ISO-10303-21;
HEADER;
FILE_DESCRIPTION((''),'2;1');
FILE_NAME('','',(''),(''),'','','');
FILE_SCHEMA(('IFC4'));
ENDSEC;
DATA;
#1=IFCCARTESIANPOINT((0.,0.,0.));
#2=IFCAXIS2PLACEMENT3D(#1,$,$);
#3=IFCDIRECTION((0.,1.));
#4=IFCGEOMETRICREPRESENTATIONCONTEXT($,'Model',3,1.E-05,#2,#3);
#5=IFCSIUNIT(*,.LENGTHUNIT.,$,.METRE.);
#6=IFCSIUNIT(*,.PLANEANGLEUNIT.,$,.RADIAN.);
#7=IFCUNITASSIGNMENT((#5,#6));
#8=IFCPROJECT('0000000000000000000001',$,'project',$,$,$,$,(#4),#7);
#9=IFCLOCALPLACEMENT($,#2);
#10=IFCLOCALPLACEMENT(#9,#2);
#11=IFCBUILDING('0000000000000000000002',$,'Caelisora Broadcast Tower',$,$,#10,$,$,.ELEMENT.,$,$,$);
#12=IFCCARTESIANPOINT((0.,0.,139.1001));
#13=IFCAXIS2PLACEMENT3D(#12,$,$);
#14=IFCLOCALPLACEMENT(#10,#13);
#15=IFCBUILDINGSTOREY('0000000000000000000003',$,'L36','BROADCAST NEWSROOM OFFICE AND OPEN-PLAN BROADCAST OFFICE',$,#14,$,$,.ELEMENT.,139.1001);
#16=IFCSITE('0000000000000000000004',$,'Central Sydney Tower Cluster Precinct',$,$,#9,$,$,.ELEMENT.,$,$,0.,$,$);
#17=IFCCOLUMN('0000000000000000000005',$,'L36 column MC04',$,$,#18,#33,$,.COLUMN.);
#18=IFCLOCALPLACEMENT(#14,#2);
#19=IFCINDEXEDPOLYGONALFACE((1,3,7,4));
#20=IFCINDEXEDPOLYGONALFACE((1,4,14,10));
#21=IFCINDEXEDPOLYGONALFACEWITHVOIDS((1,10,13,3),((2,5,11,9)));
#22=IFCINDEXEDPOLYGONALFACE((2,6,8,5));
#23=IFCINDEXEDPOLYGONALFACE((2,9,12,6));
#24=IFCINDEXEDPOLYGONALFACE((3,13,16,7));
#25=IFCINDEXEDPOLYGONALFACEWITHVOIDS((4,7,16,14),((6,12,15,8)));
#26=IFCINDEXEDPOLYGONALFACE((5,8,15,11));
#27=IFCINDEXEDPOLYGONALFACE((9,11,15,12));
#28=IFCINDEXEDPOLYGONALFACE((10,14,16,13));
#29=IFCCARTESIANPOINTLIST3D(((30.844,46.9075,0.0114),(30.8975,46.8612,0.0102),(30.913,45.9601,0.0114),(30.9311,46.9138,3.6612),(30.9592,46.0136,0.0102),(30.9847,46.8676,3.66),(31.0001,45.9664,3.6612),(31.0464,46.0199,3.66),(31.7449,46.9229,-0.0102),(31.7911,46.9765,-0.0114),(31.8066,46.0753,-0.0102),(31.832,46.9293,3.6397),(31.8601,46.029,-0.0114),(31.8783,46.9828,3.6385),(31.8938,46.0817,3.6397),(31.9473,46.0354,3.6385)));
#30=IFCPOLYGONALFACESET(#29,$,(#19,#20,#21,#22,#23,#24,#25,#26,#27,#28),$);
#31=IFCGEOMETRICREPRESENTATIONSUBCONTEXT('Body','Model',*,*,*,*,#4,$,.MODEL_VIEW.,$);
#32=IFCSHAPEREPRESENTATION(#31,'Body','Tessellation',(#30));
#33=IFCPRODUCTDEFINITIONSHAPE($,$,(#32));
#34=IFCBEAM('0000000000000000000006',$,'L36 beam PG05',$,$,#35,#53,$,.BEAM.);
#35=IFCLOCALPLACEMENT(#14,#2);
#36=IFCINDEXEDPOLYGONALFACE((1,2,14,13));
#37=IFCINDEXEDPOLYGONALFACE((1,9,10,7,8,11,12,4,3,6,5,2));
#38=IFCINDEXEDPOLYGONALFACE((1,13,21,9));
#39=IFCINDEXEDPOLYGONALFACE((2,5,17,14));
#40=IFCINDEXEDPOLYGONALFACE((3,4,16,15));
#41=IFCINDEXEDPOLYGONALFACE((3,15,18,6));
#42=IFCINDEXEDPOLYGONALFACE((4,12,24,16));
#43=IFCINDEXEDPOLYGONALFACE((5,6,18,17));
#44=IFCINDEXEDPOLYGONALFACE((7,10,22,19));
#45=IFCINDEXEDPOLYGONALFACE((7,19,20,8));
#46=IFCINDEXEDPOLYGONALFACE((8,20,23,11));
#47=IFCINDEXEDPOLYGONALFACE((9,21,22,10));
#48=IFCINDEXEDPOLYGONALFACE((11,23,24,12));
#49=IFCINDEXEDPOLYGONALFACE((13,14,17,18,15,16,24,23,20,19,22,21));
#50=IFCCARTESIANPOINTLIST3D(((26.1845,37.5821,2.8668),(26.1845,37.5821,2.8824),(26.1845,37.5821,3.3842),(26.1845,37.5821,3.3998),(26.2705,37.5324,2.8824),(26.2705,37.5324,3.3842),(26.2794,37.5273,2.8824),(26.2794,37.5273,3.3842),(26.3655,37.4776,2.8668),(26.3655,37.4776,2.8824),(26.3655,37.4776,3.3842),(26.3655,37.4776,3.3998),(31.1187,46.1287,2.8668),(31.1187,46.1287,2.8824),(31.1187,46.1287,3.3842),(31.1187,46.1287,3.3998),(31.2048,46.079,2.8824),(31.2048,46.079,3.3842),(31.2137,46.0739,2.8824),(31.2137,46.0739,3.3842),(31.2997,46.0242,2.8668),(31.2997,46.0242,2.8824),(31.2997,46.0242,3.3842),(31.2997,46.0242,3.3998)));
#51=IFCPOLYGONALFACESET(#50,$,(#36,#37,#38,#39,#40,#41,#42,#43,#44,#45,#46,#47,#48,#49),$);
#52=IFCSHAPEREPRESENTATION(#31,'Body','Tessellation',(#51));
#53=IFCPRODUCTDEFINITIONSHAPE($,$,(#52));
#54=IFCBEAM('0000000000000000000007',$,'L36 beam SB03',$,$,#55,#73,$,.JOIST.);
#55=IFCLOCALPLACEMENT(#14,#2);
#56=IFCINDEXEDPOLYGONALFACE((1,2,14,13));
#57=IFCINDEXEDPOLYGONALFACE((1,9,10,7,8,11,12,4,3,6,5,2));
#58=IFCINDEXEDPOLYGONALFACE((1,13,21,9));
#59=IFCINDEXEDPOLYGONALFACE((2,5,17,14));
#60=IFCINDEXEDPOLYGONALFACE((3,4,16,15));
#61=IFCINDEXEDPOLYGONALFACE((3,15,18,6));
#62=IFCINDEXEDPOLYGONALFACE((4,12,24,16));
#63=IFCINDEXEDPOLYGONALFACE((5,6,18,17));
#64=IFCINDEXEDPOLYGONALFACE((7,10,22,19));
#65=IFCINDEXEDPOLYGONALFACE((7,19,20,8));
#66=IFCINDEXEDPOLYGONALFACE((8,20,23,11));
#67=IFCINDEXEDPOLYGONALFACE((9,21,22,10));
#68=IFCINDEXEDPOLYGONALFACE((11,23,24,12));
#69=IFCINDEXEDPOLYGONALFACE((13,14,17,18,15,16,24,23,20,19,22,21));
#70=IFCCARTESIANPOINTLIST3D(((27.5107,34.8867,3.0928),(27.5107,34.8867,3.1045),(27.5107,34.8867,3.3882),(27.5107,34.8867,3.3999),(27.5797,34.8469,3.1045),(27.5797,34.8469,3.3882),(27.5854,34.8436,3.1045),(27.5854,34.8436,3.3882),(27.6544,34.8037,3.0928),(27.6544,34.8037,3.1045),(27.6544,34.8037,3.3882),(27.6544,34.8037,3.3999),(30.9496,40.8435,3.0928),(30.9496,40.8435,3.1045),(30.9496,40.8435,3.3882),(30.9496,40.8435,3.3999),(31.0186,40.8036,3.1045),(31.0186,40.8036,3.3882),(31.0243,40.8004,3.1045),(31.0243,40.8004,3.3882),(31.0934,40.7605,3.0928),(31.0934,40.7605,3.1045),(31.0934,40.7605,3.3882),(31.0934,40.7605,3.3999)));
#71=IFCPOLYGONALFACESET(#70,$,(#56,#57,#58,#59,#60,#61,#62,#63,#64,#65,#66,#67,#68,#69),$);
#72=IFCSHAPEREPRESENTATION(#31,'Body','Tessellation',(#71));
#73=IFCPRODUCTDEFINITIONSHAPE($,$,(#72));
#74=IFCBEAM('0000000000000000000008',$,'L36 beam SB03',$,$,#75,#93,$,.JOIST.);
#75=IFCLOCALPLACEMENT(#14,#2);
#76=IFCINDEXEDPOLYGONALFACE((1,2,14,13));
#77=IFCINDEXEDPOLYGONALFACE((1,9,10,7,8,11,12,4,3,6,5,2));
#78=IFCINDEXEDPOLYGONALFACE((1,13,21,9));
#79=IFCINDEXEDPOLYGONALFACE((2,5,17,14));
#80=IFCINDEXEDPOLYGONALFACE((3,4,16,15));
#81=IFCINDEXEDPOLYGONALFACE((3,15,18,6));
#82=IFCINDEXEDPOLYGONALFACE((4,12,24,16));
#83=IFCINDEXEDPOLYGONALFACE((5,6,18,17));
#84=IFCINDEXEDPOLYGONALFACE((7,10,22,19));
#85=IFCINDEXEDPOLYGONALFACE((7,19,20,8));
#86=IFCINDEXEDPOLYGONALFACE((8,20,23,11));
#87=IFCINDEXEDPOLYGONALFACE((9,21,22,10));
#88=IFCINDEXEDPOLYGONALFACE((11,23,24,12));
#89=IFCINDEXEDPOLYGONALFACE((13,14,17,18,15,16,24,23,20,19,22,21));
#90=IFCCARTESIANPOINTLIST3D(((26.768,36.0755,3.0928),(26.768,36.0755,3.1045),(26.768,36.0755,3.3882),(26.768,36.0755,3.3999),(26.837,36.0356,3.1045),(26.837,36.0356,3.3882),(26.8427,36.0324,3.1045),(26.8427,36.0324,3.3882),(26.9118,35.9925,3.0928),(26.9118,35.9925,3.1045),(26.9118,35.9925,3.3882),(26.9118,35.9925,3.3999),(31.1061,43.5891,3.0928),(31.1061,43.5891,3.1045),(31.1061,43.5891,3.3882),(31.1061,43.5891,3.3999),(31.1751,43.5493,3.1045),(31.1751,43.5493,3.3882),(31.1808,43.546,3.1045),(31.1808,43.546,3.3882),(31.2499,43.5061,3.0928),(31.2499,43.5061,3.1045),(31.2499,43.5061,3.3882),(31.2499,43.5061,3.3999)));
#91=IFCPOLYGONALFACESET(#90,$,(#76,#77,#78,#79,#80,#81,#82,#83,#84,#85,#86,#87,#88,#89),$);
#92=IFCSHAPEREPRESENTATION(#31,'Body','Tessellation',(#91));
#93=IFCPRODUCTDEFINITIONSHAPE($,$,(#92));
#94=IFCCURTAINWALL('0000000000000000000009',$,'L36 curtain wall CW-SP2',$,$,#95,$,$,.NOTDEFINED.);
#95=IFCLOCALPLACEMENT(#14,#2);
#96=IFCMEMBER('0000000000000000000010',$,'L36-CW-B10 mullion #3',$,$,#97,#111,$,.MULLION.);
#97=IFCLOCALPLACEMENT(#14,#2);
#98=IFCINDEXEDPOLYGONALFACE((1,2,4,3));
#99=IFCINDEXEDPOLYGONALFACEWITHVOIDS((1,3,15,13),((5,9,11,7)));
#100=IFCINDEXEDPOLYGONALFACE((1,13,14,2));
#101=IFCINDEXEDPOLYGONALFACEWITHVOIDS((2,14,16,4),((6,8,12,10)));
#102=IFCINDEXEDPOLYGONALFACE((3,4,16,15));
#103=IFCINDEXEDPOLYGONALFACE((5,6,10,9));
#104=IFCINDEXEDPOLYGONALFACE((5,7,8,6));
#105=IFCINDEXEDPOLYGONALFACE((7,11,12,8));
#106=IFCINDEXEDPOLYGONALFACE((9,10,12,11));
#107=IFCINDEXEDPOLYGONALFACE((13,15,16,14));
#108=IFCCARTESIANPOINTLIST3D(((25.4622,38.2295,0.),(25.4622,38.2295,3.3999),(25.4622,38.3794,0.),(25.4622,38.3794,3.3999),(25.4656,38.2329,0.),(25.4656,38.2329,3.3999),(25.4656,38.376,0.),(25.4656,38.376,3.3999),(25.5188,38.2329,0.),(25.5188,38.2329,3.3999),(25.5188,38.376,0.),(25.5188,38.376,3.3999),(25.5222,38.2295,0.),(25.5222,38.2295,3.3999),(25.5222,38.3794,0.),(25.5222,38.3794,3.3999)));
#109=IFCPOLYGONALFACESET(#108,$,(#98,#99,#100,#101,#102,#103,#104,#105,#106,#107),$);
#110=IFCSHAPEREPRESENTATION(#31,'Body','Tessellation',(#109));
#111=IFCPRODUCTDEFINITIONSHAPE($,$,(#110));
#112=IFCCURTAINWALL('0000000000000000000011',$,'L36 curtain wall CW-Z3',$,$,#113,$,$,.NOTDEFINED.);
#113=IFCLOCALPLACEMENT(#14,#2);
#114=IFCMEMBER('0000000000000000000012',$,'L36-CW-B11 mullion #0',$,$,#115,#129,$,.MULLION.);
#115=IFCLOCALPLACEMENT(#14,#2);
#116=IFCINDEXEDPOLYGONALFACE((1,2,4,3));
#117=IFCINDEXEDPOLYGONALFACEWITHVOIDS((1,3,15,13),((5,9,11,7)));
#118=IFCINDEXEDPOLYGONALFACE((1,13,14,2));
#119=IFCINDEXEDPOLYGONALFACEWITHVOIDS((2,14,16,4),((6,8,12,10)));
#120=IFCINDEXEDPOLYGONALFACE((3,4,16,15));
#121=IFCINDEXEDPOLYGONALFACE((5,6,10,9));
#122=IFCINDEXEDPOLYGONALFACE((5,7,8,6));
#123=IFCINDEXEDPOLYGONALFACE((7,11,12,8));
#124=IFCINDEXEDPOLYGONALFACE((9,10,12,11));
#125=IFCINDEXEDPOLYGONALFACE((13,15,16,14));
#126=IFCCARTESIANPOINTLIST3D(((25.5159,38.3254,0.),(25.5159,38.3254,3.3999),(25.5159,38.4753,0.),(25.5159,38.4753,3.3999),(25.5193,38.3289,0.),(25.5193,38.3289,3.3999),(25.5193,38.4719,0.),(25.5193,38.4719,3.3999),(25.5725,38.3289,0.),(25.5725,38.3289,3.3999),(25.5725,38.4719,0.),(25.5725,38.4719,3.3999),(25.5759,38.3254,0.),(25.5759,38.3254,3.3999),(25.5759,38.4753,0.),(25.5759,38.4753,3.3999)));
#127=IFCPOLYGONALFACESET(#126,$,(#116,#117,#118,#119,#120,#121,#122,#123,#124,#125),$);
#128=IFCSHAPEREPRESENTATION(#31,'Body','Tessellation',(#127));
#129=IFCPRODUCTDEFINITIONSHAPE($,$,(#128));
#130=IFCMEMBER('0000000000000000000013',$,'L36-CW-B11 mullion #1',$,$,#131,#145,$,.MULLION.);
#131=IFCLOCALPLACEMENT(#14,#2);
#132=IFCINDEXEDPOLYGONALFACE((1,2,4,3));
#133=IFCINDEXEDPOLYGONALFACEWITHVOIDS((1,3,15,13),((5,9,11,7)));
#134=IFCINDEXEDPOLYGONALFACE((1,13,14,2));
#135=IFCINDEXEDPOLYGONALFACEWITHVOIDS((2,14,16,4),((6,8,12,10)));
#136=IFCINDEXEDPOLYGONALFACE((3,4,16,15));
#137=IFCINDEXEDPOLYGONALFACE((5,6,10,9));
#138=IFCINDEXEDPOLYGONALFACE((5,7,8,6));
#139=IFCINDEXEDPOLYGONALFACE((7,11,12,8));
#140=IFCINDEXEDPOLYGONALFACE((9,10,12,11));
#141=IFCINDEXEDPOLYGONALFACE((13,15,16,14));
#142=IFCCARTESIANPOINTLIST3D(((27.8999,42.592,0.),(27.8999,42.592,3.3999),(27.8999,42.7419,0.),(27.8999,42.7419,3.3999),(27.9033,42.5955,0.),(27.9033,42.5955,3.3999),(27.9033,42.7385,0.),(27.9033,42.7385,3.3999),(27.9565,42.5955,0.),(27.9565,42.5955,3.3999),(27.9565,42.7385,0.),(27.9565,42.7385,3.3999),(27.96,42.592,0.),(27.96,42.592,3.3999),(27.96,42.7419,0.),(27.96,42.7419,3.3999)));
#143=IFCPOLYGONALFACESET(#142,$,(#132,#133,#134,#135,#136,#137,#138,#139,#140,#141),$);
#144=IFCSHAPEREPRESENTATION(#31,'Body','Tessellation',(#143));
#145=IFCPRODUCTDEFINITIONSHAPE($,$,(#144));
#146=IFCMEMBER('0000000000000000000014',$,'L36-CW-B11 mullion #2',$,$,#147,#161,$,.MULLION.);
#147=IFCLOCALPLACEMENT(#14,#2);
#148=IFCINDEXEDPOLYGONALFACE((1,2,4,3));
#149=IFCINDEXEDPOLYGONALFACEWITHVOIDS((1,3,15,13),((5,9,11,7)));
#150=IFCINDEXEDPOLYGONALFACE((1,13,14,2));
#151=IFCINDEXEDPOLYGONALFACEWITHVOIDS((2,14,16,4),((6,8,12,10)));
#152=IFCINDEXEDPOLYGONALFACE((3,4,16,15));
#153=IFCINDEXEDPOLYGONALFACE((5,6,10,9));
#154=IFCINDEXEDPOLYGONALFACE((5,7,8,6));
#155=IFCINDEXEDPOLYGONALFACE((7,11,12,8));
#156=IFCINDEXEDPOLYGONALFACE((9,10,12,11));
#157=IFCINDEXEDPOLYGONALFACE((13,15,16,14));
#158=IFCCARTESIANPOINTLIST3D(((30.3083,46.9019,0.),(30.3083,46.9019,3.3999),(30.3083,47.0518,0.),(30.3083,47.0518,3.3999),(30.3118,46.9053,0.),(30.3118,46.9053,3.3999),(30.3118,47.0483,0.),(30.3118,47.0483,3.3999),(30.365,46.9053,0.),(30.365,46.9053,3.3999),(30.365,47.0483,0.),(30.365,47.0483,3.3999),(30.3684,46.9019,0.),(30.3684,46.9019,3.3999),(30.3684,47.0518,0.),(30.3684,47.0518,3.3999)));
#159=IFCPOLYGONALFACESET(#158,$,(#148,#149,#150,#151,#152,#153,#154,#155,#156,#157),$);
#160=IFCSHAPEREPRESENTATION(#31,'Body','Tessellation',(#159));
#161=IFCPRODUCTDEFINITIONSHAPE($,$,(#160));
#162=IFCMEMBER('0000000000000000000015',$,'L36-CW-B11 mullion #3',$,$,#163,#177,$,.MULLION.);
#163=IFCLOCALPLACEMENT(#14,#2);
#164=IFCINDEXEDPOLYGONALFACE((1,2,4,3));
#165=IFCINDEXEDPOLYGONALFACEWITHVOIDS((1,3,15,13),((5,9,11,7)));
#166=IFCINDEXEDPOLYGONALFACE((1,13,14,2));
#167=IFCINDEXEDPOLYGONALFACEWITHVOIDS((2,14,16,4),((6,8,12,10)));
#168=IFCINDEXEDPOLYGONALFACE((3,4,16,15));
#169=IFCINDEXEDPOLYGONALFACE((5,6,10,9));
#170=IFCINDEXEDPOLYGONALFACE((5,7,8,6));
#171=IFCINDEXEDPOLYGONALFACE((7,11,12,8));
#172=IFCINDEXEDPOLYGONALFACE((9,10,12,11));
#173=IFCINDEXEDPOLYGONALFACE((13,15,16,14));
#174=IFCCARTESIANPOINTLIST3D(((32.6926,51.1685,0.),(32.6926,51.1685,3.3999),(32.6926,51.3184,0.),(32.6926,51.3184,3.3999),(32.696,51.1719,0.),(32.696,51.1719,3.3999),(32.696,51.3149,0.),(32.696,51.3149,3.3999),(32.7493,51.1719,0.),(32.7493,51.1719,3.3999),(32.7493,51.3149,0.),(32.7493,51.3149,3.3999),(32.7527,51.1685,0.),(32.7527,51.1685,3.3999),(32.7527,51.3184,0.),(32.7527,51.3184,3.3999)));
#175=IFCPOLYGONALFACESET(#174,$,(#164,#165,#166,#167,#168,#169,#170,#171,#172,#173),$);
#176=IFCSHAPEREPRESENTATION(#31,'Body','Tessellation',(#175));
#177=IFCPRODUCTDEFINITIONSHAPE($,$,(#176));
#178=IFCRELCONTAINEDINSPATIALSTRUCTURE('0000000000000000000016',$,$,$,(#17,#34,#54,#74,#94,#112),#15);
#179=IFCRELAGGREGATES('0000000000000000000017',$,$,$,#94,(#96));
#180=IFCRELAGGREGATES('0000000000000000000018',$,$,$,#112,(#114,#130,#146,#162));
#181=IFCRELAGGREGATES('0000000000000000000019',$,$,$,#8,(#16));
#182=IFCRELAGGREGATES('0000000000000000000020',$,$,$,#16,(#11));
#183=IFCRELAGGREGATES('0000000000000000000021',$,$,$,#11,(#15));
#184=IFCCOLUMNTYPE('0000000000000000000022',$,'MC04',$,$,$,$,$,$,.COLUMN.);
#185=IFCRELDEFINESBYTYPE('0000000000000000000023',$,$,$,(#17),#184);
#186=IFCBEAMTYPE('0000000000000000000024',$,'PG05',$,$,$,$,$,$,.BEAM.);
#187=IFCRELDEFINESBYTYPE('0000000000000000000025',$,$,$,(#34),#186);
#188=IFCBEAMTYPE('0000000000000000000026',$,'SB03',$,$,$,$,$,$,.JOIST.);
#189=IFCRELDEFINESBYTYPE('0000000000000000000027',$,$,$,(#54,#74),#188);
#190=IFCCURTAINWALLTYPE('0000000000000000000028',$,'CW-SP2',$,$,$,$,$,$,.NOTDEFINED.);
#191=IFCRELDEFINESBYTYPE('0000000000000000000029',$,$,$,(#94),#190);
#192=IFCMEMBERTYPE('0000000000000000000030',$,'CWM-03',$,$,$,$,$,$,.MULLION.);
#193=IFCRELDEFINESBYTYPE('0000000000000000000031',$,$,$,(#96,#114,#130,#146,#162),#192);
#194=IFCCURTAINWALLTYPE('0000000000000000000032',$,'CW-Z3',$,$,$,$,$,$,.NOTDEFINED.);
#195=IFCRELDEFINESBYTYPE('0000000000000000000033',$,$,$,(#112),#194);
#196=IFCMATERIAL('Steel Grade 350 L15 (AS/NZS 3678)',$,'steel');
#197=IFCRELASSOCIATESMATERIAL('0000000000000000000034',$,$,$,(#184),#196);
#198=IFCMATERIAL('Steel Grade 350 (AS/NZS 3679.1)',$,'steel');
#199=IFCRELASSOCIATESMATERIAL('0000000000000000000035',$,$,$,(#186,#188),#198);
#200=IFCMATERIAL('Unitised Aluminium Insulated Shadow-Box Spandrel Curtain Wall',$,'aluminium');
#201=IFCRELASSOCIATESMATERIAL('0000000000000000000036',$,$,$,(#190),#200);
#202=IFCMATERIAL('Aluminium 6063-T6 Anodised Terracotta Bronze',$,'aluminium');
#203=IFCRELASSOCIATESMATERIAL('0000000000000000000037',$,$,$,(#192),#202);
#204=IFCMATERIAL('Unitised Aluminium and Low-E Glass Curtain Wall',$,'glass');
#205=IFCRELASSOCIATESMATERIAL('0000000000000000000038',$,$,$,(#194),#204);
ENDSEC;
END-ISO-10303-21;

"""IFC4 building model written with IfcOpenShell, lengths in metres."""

from ifc_helpers import new_model, si_unit, direction, frame, origin, origin_2d, place, context, subcontext, project, spatial, hollow_rectangle, i_section, extrude, source, transform, mapped, material, material_profile, profile_set, type_object, type_shapes, element, aggregate, save


model = new_model("IFC4")

# Units and contexts
model_context = context("Model", 3, precision=1e-05, world=origin(), true_north=direction((0.0, 1.0)))
body_context = subcontext(model_context, "Body", "Model", "MODEL_VIEW")
ifc_project = project(units=[si_unit("LENGTHUNIT", "METRE"), si_unit("PLANEANGLEUNIT", "RADIAN")], contexts=[model_context])

# Site, building, storey
site_placement = place(None, origin())
site = spatial("IfcSite", under=ifc_project, at=site_placement, Name="Central Sydney Tower Cluster Precinct", CompositionType="ELEMENT", RefElevation=0.0)
building_placement = place(site_placement, origin())
building = spatial("IfcBuilding", under=site, at=building_placement, Name="Caelisora Broadcast Tower", CompositionType="ELEMENT")
storey_placement = place(building_placement, frame((0.0, 0.0, 139.1001)))
storey = spatial("IfcBuildingStorey", under=building, at=storey_placement, Name="L36", Description="BROADCAST NEWSROOM OFFICE AND OPEN-PLAN BROADCAST OFFICE", CompositionType="ELEMENT", Elevation=139.1001)

# Column
ifc_material_1 = material(Name="Steel Grade 350 L15 (AS/NZS 3678)", Category="steel")
ifc_material_profile_1 = material_profile(ifc_material_1, hollow_rectangle(XDim=0.95, YDim=0.95, WallThickness=0.05, at=origin_2d()), Name="Steel Grade 350 L15 (AS/NZS 3678)")
ifc_profile_set_1 = profile_set([ifc_material_profile_1], Name="Steel Grade 350 L15 (AS/NZS 3678)")
column_type = type_object("IfcColumnType", Name="MC04", PredefinedType="COLUMN", material=ifc_profile_set_1)
shared_shape_1 = source(origin(), body_context, "Body", "SweptSolid", [
    extrude(hollow_rectangle(XDim=0.95, YDim=0.95, WallThickness=0.05, at=origin_2d()), origin(), (0.0, 0.0, 1.0), 3.6509),
])
type_shapes(column_type, [shared_shape_1])
column_placement = place(storey_placement, frame((31.3521, 46.4683, 0.0), z_axis=(0.023873, 0.001739, 0.999713), x_axis=(-0.072637, 0.997358, 0.0)))
element("IfcColumn", 1, at=column_placement, inside=storey, type_object=column_type, Name="L36 column MC04", PredefinedType="COLUMN", context=body_context, shape_type="MappedRepresentation", body=[
    mapped(shared_shape_1, transform((0.0, 0.0, 0.0), scale=1.0)),
])

# Beams
ifc_material_2 = material(Name="Steel Grade 350 (AS/NZS 3679.1)", Category="steel")
ifc_material_profile_2 = material_profile(ifc_material_2, i_section(OverallWidth=0.209, OverallDepth=0.533, WebThickness=0.0103, FlangeThickness=0.0156, at=origin_2d()), Name="Steel Grade 350 (AS/NZS 3679.1)")
ifc_profile_set_2 = profile_set([ifc_material_profile_2], Name="Steel Grade 350 (AS/NZS 3679.1)")
beam_type_1 = type_object("IfcBeamType", Name="PG05", PredefinedType="BEAM", material=ifc_profile_set_2)
shared_shape_2 = source(origin(), body_context, "Body", "SweptSolid", [
    extrude(i_section(OverallWidth=0.209, OverallDepth=0.533, WebThickness=0.0103, FlangeThickness=0.0156, at=origin_2d()), origin(), (0.0, 0.0, 1.0), 9.8687),
])
type_shapes(beam_type_1, [shared_shape_2])
beam_1_placement = place(storey_placement, frame((31.2092, 46.0764, 3.1333), z_axis=(-0.499994, -0.866029, 0.0), x_axis=(0.866029, -0.499994, 0.0)))
element("IfcBeam", 2, at=beam_1_placement, inside=storey, type_object=beam_type_1, Name="L36 beam PG05", PredefinedType="BEAM", context=body_context, shape_type="MappedRepresentation", body=[
    mapped(shared_shape_2, transform((0.0, 0.0, 0.0), scale=1.0)),
])
ifc_material_profile_3 = material_profile(ifc_material_2, i_section(OverallWidth=0.166, OverallDepth=0.3071, WebThickness=0.0066, FlangeThickness=0.0117, at=origin_2d()), Name="Steel Grade 350 (AS/NZS 3679.1)")
ifc_profile_set_3 = profile_set([ifc_material_profile_3], Name="Steel Grade 350 (AS/NZS 3679.1)")
beam_type_2 = type_object("IfcBeamType", Name="SB03", PredefinedType="JOIST", material=ifc_profile_set_3)
shared_shape_3 = source(origin(), body_context, "Body", "SweptSolid", [
    extrude(i_section(OverallWidth=0.166, OverallDepth=0.3071, WebThickness=0.0066, FlangeThickness=0.0117, at=origin_2d()), origin(), (0.0, 0.0, 1.0), 6.8782),
])
beam_2_placement = place(storey_placement, frame((31.0215, 40.802, 3.2463), z_axis=(-0.49998, -0.866037, 0.0), x_axis=(0.866037, -0.49998, 0.0)))
element("IfcBeam", 3, at=beam_2_placement, inside=storey, type_object=beam_type_2, Name="L36 beam SB03", PredefinedType="JOIST", context=body_context, shape_type="MappedRepresentation", body=[
    mapped(shared_shape_3, transform((0.0, 0.0, 0.0), scale=1.0)),
])
shared_shape_4 = source(origin(), body_context, "Body", "SweptSolid", [
    extrude(i_section(OverallWidth=0.166, OverallDepth=0.3071, WebThickness=0.0066, FlangeThickness=0.0117, at=origin_2d()), origin(), (0.0, 0.0, 1.0), 8.676),
])
type_shapes(beam_type_2, [shared_shape_3, shared_shape_4])
beam_3_placement = place(storey_placement, frame((31.178, 43.5476, 3.2463), z_axis=(-0.50001, -0.86602, 0.0), x_axis=(0.86602, -0.50001, 0.0)))
element("IfcBeam", 4, at=beam_3_placement, inside=storey, type_object=beam_type_2, Name="L36 beam SB03", PredefinedType="JOIST", context=body_context, shape_type="MappedRepresentation", body=[
    mapped(shared_shape_4, transform((0.0, 0.0, 0.0), scale=1.0)),
])

# Curtain wall, member
ifc_material_3 = material(Name="Unitised Aluminium Insulated Shadow-Box Spandrel Curtain Wall", Category="aluminium")
curtain_wall_type_1 = type_object("IfcCurtainWallType", Name="CW-SP2", PredefinedType="NOTDEFINED", material=ifc_material_3)
curtain_wall_1_placement = place(storey_placement, origin())
curtain_wall_1 = element("IfcCurtainWall", 5, at=curtain_wall_1_placement, inside=storey, type_object=curtain_wall_type_1, Name="L36 curtain wall CW-SP2", PredefinedType="NOTDEFINED")
ifc_material_4 = material(Name="Aluminium 6063-T6 Anodised Terracotta Bronze", Category="aluminium")
ifc_material_profile_4 = material_profile(ifc_material_4, hollow_rectangle(XDim=0.0601, YDim=0.1499, WallThickness=0.0034, at=origin_2d()), Name="Aluminium 6063-T6 Anodised Terracotta Bronze")
ifc_profile_set_4 = profile_set([ifc_material_profile_4], Name="Aluminium 6063-T6 Anodised Terracotta Bronze")
member_type_1 = type_object("IfcMemberType", Name="CWM-03", PredefinedType="MULLION", material=ifc_profile_set_4)
shared_shape_5 = source(origin(), body_context, "Body", "SweptSolid", [
    extrude(hollow_rectangle(XDim=0.0601, YDim=0.1499, WallThickness=0.0034, at=origin_2d()), origin(), (0.0, 0.0, 1.0), 3.3999),
])
type_shapes(member_type_1, [shared_shape_5])
member_1_placement = place(storey_placement, frame((25.4922, 38.3044, 0.0), z_axis=(0.0, 0.0, 1.0), x_axis=(1.0, 0.0, 0.0)))
member_1 = element("IfcMember", 6, at=member_1_placement, type_object=member_type_1, Name="L36-CW-B10 mullion #3", PredefinedType="MULLION", context=body_context, shape_type="MappedRepresentation", body=[
    mapped(shared_shape_5, transform((0.0, 0.0, 0.0), scale=1.0)),
])
aggregate(curtain_wall_1, [member_1])

# Curtain wall, members
ifc_material_5 = material(Name="Unitised Aluminium and Low-E Glass Curtain Wall", Category="glass")
curtain_wall_type_2 = type_object("IfcCurtainWallType", Name="CW-Z3", PredefinedType="NOTDEFINED", material=ifc_material_5)
curtain_wall_2_placement = place(storey_placement, origin())
curtain_wall_2 = element("IfcCurtainWall", 7, at=curtain_wall_2_placement, inside=storey, type_object=curtain_wall_type_2, Name="L36 curtain wall CW-Z3", PredefinedType="NOTDEFINED")
member_2_placement = place(storey_placement, frame((25.5459, 38.4004, 0.0), z_axis=(0.0, 0.0, 1.0), x_axis=(1.0, 0.0, 0.0)))
member_2 = element("IfcMember", 8, at=member_2_placement, type_object=member_type_1, Name="L36-CW-B11 mullion #0", PredefinedType="MULLION", context=body_context, shape_type="MappedRepresentation", body=[
    mapped(shared_shape_5, transform((0.0, 0.0, 0.0), scale=1.0)),
])
member_3_placement = place(storey_placement, frame((27.9299, 42.667, 0.0), z_axis=(0.0, 0.0, 1.0), x_axis=(1.0, 0.0, 0.0)))
member_3 = element("IfcMember", 9, at=member_3_placement, type_object=member_type_1, Name="L36-CW-B11 mullion #1", PredefinedType="MULLION", context=body_context, shape_type="MappedRepresentation", body=[
    mapped(shared_shape_5, transform((0.0, 0.0, 0.0), scale=1.0)),
])
member_4_placement = place(storey_placement, frame((30.3384, 46.9768, 0.0), z_axis=(0.0, 0.0, 1.0), x_axis=(1.0, 0.0, 0.0)))
member_4 = element("IfcMember", 10, at=member_4_placement, type_object=member_type_1, Name="L36-CW-B11 mullion #2", PredefinedType="MULLION", context=body_context, shape_type="MappedRepresentation", body=[
    mapped(shared_shape_5, transform((0.0, 0.0, 0.0), scale=1.0)),
])
member_5_placement = place(storey_placement, frame((32.7227, 51.2434, 0.0), z_axis=(0.0, 0.0, 1.0), x_axis=(1.0, 0.0, 0.0)))
member_5 = element("IfcMember", 11, at=member_5_placement, type_object=member_type_1, Name="L36-CW-B11 mullion #3", PredefinedType="MULLION", context=body_context, shape_type="MappedRepresentation", body=[
    mapped(shared_shape_5, transform((0.0, 0.0, 0.0), scale=1.0)),
])
aggregate(curtain_wall_2, [member_2, member_3, member_4, member_5])

save(model, "model.ifc")
